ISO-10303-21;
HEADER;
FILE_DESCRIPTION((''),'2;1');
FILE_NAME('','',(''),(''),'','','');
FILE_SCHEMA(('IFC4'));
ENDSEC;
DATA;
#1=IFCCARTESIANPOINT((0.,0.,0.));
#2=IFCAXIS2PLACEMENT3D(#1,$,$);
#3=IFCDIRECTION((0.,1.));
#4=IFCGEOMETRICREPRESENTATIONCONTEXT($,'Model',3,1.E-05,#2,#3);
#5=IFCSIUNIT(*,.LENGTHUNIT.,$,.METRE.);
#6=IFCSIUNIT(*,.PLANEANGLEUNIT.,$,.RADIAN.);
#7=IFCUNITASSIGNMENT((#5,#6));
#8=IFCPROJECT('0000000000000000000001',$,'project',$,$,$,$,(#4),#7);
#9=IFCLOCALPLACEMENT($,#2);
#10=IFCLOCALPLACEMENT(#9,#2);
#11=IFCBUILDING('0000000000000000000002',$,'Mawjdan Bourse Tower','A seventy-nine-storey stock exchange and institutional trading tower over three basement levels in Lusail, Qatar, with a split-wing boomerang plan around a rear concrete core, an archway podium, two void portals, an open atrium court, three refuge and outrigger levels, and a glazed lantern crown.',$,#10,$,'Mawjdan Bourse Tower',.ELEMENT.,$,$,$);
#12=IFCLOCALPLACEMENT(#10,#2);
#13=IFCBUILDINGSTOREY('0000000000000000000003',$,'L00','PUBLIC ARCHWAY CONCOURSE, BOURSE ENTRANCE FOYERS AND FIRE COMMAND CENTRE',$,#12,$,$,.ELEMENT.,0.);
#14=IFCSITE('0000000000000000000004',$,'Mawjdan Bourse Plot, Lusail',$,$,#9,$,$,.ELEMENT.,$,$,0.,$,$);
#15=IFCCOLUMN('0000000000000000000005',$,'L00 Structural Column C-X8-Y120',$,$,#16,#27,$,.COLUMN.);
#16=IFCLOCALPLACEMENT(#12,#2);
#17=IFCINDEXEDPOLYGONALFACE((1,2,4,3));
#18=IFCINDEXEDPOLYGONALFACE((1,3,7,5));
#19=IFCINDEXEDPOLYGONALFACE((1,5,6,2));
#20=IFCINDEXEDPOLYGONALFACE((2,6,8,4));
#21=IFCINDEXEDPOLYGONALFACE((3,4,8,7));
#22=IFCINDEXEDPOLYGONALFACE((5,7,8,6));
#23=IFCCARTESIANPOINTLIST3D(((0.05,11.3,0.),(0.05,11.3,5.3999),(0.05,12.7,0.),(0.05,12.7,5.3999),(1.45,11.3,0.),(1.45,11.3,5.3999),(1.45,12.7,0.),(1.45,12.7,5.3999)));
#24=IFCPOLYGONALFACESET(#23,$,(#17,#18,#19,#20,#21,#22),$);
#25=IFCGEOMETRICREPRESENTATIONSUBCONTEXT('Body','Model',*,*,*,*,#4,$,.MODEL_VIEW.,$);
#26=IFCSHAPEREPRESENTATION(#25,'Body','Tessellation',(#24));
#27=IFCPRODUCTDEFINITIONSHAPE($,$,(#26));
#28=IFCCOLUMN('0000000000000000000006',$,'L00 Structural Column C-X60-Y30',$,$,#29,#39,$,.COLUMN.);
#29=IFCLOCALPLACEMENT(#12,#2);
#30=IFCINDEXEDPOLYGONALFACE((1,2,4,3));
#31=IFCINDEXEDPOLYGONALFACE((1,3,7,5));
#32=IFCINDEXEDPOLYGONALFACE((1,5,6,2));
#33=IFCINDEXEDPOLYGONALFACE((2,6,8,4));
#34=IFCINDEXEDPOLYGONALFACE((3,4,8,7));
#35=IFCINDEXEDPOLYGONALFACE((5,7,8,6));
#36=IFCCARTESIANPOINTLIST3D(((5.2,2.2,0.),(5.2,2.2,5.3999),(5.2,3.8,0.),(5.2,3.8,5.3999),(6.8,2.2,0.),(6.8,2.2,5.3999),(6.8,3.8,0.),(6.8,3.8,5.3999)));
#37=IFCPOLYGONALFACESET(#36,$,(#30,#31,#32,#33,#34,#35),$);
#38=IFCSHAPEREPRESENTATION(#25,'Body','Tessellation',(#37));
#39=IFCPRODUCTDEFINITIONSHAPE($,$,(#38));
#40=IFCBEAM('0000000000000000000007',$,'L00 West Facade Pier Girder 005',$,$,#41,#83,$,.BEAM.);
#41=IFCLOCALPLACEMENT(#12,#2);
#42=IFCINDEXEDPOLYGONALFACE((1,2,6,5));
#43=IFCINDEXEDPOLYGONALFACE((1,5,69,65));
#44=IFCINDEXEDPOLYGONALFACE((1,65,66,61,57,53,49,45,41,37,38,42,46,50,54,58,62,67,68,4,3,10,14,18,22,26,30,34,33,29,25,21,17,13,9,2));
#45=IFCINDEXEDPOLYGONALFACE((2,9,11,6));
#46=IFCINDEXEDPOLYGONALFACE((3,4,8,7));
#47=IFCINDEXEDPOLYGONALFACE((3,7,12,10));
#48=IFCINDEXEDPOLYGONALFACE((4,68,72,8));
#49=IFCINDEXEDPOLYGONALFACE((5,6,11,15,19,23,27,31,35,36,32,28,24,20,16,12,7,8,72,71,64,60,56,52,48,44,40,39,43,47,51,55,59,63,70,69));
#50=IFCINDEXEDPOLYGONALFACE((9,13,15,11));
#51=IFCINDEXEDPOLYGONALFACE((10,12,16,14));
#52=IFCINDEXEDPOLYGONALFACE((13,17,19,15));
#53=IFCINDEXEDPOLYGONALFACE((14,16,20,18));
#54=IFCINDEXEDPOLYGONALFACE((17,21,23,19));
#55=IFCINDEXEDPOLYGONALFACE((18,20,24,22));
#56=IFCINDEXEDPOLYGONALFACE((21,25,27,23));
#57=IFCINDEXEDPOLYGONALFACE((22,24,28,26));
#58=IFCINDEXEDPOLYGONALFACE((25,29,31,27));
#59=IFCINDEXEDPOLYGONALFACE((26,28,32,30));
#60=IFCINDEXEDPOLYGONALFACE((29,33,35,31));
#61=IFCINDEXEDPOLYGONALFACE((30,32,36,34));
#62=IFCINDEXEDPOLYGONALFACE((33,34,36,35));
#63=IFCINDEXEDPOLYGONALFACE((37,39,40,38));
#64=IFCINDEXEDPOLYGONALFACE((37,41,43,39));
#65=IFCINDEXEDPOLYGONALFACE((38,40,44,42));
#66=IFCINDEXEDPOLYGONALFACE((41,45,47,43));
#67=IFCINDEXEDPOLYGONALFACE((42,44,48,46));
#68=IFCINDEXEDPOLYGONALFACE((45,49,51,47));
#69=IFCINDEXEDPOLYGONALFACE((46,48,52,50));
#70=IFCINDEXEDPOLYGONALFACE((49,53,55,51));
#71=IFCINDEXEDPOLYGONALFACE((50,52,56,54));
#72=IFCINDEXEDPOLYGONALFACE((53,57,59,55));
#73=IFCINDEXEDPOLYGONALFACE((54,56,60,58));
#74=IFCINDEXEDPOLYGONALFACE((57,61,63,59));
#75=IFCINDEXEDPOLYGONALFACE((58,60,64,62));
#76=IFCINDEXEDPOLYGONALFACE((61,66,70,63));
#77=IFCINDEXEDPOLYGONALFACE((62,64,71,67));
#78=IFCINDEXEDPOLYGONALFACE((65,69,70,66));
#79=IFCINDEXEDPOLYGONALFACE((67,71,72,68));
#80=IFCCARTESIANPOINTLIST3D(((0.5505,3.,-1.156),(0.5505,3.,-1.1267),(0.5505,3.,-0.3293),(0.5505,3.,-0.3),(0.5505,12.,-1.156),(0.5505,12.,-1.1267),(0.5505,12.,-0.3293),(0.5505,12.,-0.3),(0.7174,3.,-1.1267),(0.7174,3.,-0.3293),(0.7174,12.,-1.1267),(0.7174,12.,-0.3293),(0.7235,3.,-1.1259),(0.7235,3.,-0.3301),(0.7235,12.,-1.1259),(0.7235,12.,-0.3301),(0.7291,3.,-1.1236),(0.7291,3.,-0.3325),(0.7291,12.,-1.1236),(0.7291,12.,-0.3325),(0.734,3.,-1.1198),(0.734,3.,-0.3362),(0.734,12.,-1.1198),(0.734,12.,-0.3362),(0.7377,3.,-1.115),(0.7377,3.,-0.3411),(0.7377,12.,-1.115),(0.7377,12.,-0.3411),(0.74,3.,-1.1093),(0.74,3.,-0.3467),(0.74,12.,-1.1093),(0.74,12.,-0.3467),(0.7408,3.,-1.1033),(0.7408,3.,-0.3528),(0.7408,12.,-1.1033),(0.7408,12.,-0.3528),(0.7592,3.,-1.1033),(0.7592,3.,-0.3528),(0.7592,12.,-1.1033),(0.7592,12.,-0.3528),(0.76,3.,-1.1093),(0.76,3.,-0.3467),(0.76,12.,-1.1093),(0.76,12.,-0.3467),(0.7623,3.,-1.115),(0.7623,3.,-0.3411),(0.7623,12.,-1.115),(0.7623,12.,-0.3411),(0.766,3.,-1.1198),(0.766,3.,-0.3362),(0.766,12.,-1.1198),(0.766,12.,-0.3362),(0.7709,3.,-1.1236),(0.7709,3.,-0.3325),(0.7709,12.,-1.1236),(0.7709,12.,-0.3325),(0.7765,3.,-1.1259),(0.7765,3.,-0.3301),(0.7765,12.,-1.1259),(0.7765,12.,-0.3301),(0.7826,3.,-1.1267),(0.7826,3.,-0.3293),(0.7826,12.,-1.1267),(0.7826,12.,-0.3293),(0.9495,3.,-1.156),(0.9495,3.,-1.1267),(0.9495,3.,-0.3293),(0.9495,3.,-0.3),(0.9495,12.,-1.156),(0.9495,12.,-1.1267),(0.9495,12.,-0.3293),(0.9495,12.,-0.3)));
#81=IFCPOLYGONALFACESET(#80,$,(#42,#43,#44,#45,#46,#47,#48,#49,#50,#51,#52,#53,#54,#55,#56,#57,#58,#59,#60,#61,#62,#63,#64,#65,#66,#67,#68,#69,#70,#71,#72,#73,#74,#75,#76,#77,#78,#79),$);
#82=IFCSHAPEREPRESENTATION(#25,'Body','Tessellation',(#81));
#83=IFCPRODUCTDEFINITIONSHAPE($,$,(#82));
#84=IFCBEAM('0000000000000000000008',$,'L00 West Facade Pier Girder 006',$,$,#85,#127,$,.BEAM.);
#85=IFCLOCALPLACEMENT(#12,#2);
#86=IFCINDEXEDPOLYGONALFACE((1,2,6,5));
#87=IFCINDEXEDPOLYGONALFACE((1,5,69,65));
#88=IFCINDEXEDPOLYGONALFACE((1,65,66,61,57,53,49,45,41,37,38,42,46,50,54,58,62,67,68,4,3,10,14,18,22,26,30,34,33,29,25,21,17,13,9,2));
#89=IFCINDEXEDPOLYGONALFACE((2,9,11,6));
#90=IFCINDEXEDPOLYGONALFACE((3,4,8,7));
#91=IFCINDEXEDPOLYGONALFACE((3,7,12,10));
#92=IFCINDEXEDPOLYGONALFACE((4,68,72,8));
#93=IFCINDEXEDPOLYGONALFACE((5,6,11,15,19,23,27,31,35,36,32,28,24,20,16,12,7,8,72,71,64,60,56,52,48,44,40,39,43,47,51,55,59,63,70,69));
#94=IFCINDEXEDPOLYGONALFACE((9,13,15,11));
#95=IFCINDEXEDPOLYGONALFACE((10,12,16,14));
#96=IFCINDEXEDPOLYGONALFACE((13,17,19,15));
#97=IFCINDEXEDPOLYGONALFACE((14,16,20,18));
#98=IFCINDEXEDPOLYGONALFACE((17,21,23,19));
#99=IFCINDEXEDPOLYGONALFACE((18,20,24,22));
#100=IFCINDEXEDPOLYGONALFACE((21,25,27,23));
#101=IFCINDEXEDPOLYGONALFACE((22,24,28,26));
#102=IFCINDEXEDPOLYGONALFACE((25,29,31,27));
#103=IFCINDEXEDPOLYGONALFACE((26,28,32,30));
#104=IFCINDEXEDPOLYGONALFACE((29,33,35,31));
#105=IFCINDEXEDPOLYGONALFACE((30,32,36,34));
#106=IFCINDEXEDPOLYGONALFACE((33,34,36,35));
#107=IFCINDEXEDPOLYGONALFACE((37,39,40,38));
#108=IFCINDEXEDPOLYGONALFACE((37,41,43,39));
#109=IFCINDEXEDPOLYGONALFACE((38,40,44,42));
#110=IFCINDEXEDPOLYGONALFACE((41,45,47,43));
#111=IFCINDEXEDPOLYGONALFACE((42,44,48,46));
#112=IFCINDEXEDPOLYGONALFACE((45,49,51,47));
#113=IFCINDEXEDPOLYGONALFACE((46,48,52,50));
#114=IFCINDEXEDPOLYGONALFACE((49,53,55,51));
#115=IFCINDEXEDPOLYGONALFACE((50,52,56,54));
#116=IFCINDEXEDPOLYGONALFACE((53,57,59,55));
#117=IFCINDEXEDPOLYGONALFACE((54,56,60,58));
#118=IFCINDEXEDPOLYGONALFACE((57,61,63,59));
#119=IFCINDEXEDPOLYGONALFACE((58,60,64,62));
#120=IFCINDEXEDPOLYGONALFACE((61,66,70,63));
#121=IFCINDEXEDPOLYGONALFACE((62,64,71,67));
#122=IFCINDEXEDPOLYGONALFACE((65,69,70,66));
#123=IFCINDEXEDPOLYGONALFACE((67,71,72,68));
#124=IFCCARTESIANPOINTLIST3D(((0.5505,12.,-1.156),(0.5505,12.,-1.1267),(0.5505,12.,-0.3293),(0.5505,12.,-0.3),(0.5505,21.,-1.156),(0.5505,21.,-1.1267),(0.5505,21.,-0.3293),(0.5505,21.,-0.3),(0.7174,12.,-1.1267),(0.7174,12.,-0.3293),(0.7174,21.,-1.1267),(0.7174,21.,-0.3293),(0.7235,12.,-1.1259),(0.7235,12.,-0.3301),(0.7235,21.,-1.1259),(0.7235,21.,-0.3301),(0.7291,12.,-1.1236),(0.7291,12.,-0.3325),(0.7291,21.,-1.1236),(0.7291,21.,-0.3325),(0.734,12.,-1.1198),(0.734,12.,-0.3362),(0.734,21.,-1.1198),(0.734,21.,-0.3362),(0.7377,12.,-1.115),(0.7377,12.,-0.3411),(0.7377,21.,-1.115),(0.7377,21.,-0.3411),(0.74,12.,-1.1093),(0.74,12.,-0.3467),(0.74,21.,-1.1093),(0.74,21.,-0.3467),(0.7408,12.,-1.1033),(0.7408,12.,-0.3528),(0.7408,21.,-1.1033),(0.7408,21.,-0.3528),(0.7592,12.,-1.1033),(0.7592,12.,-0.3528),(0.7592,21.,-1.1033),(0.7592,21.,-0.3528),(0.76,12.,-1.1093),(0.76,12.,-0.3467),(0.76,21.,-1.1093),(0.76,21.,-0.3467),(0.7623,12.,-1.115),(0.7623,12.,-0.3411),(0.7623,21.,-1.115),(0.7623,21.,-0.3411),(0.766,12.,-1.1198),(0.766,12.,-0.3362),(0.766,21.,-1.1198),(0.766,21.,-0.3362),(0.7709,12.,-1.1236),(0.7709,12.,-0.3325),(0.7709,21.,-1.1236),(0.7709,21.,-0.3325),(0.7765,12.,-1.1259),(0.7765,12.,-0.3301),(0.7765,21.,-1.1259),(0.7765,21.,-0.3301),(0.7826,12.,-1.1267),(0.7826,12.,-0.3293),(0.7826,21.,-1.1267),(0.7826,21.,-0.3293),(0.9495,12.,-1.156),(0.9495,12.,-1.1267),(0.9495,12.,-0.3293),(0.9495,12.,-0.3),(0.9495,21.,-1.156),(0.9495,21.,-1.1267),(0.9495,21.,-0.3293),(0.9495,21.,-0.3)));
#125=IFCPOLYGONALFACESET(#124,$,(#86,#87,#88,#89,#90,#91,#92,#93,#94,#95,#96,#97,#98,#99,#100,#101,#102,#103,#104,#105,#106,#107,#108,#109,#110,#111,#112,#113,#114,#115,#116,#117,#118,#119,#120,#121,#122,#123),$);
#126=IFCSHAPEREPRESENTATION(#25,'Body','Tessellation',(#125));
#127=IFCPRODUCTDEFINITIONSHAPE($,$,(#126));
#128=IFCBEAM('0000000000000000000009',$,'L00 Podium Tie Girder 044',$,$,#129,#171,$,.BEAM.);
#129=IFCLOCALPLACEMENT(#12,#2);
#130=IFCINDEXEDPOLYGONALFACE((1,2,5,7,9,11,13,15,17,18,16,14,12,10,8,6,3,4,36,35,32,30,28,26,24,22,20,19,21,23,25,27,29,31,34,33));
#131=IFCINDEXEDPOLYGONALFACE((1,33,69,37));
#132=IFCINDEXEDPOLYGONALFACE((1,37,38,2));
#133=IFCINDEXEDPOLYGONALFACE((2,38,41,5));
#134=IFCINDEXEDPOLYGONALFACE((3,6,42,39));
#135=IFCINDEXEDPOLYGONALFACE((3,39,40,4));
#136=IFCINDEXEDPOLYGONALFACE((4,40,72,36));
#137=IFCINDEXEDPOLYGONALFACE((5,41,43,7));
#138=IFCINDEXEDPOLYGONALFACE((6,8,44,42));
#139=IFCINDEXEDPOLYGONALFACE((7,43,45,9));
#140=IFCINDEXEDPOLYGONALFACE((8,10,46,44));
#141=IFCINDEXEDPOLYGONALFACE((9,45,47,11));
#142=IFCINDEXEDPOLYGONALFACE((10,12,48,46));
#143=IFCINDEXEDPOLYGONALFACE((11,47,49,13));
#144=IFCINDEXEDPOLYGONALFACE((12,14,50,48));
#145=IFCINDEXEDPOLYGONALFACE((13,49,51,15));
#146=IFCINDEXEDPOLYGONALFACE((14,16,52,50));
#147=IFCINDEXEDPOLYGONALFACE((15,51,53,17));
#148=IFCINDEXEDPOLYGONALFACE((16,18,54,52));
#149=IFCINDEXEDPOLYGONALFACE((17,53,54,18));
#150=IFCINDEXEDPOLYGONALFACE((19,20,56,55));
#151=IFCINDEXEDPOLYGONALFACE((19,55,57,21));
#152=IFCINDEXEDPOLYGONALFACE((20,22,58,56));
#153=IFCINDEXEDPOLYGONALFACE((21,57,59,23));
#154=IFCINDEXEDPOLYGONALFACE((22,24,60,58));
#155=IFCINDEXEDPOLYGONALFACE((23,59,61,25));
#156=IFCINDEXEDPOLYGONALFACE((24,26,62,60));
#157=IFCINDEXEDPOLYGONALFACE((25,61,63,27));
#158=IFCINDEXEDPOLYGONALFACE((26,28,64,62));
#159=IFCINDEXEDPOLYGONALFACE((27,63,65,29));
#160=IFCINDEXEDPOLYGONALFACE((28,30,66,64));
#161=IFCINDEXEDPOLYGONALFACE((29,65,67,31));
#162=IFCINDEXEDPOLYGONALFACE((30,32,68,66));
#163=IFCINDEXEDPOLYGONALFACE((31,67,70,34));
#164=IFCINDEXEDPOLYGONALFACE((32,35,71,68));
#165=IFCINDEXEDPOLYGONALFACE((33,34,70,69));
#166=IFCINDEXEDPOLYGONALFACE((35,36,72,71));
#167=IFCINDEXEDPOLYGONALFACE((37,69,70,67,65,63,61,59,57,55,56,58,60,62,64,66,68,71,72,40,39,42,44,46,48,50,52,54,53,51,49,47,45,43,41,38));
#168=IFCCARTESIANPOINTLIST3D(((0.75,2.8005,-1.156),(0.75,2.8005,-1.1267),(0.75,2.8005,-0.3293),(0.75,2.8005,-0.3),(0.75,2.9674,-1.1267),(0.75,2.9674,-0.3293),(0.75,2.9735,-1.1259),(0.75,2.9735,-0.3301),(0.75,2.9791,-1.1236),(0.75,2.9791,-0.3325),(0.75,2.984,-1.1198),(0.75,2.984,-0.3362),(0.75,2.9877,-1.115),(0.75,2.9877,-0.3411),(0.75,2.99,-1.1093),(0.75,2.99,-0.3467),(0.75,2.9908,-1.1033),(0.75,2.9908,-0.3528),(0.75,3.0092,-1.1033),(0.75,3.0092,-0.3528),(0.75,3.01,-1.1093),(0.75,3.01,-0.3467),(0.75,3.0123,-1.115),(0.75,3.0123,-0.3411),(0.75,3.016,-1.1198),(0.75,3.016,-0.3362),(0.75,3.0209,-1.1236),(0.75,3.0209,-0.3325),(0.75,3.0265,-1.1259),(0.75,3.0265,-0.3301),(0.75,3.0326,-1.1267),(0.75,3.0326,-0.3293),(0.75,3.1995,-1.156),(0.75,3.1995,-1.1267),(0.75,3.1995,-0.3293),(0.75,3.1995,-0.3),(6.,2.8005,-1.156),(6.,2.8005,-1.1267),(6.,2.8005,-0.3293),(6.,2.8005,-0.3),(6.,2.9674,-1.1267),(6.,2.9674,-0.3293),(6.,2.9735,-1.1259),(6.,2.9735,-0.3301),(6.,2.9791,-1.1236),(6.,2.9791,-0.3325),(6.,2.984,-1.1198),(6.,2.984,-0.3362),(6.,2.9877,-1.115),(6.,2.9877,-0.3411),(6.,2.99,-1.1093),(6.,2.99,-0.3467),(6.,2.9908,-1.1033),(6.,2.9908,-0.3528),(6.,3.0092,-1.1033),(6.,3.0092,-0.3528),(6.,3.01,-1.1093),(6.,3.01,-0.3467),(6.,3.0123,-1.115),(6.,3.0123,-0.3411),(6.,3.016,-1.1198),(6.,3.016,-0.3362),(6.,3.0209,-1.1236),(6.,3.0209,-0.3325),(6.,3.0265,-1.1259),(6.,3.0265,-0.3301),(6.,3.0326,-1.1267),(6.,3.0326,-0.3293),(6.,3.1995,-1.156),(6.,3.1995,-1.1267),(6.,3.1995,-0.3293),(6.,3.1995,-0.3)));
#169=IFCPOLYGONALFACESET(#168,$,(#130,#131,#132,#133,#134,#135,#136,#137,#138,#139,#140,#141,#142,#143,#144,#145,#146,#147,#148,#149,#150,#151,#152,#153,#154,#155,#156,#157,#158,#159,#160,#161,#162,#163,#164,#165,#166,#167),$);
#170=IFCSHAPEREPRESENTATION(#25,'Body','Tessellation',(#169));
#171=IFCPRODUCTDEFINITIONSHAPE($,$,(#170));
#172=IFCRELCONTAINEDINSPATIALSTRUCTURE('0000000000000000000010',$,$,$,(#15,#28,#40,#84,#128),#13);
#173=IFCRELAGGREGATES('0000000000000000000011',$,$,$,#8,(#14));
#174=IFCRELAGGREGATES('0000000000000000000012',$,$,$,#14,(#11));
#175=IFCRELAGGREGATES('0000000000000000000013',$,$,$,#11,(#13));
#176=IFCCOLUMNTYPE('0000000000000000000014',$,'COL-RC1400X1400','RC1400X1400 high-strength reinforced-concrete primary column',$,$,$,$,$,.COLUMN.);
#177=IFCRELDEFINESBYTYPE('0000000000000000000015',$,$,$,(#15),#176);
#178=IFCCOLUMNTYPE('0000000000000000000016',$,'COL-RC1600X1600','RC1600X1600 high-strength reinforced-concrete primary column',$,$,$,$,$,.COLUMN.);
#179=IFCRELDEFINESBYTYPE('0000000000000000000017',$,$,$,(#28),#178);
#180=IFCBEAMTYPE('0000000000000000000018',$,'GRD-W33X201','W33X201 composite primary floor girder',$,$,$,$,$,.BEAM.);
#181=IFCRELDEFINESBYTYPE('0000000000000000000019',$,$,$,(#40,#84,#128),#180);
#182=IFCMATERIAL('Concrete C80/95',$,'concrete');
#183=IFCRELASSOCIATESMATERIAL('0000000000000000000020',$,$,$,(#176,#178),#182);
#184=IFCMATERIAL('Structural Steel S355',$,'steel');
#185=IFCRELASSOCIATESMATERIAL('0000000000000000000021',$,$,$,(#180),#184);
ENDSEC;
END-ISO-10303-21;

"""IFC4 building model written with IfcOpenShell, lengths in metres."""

from ifc_helpers import new_model, si_unit, direction, frame, origin, origin_2d, place, context, subcontext, project, spatial, rectangle, i_section, extrude, material, material_profile, profile_set, type_object, element, save


model = new_model("IFC4")

# Units and contexts
model_context = context("Model", 3, precision=1e-05, world=origin(), true_north=direction((0.0, 1.0)))
body_context = subcontext(model_context, "Body", "Model", "MODEL_VIEW")
ifc_project = project(units=[si_unit("LENGTHUNIT", "METRE"), si_unit("PLANEANGLEUNIT", "RADIAN")], contexts=[model_context])

# Site, building, storey
site_placement = place(None, origin())
site = spatial("IfcSite", under=ifc_project, at=site_placement, Name="Mawjdan Bourse Plot, Lusail", CompositionType="ELEMENT", RefElevation=0.0)
building_placement = place(site_placement, origin())
building = spatial("IfcBuilding", under=site, at=building_placement, Name="Mawjdan Bourse Tower", Description="A seventy-nine-storey stock exchange and institutional trading tower over three basement levels in Lusail, Qatar, with a split-wing boomerang plan around a rear concrete core, an archway podium, two void portals, an open atrium court, three refuge and outrigger levels, and a glazed lantern crown.", LongName="Mawjdan Bourse Tower", CompositionType="ELEMENT")
storey_placement = place(building_placement, origin())
storey = spatial("IfcBuildingStorey", under=building, at=storey_placement, Name="L00", Description="PUBLIC ARCHWAY CONCOURSE, BOURSE ENTRANCE FOYERS AND FIRE COMMAND CENTRE", CompositionType="ELEMENT", Elevation=0.0)

# Columns
ifc_material_1 = material(Name="Concrete C80/95", Category="concrete")
ifc_material_profile_1 = material_profile(ifc_material_1, rectangle(XDim=1.3999, YDim=1.3999, at=origin_2d()), Name="RC1400X1400")
ifc_profile_set_1 = profile_set([ifc_material_profile_1], Name="Concrete C80/95")
column_type_1 = type_object("IfcColumnType", Name="COL-RC1400X1400", Description="RC1400X1400 high-strength reinforced-concrete primary column", PredefinedType="COLUMN", material=ifc_profile_set_1)
column_1_placement = place(storey_placement, frame((0.75, 12.0, 0.0), z_axis=(0.0, 0.0, 1.0), x_axis=(1.0, 0.0, 0.0)))
element("IfcColumn", 1, at=column_1_placement, inside=storey, type_object=column_type_1, Name="L00 Structural Column C-X8-Y120", PredefinedType="COLUMN", context=body_context, shape_type="SweptSolid", body=[
    extrude(rectangle(XDim=1.3999, YDim=1.3999, at=origin_2d()), origin(), (0.0, 0.0, 1.0), 5.3999),
])
ifc_material_profile_2 = material_profile(ifc_material_1, rectangle(XDim=1.6001, YDim=1.6001, at=origin_2d()), Name="RC1600X1600")
ifc_profile_set_2 = profile_set([ifc_material_profile_2], Name="Concrete C80/95")
column_type_2 = type_object("IfcColumnType", Name="COL-RC1600X1600", Description="RC1600X1600 high-strength reinforced-concrete primary column", PredefinedType="COLUMN", material=ifc_profile_set_2)
column_2_placement = place(storey_placement, frame((6.0, 3.0, 0.0), z_axis=(0.0, 0.0, 1.0), x_axis=(1.0, 0.0, 0.0)))
element("IfcColumn", 2, at=column_2_placement, inside=storey, type_object=column_type_2, Name="L00 Structural Column C-X60-Y30", PredefinedType="COLUMN", context=body_context, shape_type="SweptSolid", body=[
    extrude(rectangle(XDim=1.6001, YDim=1.6001, at=origin_2d()), origin(), (0.0, 0.0, 1.0), 5.3999),
])

# Beams
ifc_material_2 = material(Name="Structural Steel S355", Category="steel")
ifc_material_profile_3 = material_profile(ifc_material_2, i_section(OverallWidth=0.3989, OverallDepth=0.856, WebThickness=0.0183, FlangeThickness=0.0293, FilletRadius=0.0234, at=origin_2d()), Name="W33X201")
ifc_profile_set_3 = profile_set([ifc_material_profile_3], Name="Structural Steel S355")
beam_type_1 = type_object("IfcBeamType", Name="GRD-W33X201", Description="W33X201 composite primary floor girder", PredefinedType="BEAM", material=ifc_profile_set_3)
for number, where, z_axis, x_axis, name in (
    (3, (0.75, 3.0, -0.728), (0.0, 1.0, 0.0), (-1.0, 0.0, 0.0), "L00 West Facade Pier Girder 005"),
    (4, (0.75, 12.0, -0.728), (0.0, 1.0, 0.0), (-1.0, 0.0, 0.0), "L00 West Facade Pier Girder 006"),
):
    element("IfcBeam", number, at=place(storey_placement, frame(where, z_axis=z_axis, x_axis=x_axis)), inside=storey, type_object=beam_type_1, Name=name, PredefinedType="BEAM", context=body_context, shape_type="SweptSolid", body=[
        extrude(i_section(OverallWidth=0.3989, OverallDepth=0.856, WebThickness=0.0183, FlangeThickness=0.0293, FilletRadius=0.0234, at=origin_2d()), origin(), (0.0, 0.0, 1.0), 9.0),
    ])
beam_1_placement = place(storey_placement, frame((0.75, 3.0, -0.728), z_axis=(1.0, 0.0, 0.0), x_axis=(0.0, 1.0, 0.0)))
element("IfcBeam", 5, at=beam_1_placement, inside=storey, type_object=beam_type_1, Name="L00 Podium Tie Girder 044", PredefinedType="BEAM", context=body_context, shape_type="SweptSolid", body=[
    extrude(i_section(OverallWidth=0.3989, OverallDepth=0.856, WebThickness=0.0183, FlangeThickness=0.0293, FilletRadius=0.0234, at=origin_2d()), origin(), (0.0, 0.0, 1.0), 5.25),
])

save(model, "model.ifc")
